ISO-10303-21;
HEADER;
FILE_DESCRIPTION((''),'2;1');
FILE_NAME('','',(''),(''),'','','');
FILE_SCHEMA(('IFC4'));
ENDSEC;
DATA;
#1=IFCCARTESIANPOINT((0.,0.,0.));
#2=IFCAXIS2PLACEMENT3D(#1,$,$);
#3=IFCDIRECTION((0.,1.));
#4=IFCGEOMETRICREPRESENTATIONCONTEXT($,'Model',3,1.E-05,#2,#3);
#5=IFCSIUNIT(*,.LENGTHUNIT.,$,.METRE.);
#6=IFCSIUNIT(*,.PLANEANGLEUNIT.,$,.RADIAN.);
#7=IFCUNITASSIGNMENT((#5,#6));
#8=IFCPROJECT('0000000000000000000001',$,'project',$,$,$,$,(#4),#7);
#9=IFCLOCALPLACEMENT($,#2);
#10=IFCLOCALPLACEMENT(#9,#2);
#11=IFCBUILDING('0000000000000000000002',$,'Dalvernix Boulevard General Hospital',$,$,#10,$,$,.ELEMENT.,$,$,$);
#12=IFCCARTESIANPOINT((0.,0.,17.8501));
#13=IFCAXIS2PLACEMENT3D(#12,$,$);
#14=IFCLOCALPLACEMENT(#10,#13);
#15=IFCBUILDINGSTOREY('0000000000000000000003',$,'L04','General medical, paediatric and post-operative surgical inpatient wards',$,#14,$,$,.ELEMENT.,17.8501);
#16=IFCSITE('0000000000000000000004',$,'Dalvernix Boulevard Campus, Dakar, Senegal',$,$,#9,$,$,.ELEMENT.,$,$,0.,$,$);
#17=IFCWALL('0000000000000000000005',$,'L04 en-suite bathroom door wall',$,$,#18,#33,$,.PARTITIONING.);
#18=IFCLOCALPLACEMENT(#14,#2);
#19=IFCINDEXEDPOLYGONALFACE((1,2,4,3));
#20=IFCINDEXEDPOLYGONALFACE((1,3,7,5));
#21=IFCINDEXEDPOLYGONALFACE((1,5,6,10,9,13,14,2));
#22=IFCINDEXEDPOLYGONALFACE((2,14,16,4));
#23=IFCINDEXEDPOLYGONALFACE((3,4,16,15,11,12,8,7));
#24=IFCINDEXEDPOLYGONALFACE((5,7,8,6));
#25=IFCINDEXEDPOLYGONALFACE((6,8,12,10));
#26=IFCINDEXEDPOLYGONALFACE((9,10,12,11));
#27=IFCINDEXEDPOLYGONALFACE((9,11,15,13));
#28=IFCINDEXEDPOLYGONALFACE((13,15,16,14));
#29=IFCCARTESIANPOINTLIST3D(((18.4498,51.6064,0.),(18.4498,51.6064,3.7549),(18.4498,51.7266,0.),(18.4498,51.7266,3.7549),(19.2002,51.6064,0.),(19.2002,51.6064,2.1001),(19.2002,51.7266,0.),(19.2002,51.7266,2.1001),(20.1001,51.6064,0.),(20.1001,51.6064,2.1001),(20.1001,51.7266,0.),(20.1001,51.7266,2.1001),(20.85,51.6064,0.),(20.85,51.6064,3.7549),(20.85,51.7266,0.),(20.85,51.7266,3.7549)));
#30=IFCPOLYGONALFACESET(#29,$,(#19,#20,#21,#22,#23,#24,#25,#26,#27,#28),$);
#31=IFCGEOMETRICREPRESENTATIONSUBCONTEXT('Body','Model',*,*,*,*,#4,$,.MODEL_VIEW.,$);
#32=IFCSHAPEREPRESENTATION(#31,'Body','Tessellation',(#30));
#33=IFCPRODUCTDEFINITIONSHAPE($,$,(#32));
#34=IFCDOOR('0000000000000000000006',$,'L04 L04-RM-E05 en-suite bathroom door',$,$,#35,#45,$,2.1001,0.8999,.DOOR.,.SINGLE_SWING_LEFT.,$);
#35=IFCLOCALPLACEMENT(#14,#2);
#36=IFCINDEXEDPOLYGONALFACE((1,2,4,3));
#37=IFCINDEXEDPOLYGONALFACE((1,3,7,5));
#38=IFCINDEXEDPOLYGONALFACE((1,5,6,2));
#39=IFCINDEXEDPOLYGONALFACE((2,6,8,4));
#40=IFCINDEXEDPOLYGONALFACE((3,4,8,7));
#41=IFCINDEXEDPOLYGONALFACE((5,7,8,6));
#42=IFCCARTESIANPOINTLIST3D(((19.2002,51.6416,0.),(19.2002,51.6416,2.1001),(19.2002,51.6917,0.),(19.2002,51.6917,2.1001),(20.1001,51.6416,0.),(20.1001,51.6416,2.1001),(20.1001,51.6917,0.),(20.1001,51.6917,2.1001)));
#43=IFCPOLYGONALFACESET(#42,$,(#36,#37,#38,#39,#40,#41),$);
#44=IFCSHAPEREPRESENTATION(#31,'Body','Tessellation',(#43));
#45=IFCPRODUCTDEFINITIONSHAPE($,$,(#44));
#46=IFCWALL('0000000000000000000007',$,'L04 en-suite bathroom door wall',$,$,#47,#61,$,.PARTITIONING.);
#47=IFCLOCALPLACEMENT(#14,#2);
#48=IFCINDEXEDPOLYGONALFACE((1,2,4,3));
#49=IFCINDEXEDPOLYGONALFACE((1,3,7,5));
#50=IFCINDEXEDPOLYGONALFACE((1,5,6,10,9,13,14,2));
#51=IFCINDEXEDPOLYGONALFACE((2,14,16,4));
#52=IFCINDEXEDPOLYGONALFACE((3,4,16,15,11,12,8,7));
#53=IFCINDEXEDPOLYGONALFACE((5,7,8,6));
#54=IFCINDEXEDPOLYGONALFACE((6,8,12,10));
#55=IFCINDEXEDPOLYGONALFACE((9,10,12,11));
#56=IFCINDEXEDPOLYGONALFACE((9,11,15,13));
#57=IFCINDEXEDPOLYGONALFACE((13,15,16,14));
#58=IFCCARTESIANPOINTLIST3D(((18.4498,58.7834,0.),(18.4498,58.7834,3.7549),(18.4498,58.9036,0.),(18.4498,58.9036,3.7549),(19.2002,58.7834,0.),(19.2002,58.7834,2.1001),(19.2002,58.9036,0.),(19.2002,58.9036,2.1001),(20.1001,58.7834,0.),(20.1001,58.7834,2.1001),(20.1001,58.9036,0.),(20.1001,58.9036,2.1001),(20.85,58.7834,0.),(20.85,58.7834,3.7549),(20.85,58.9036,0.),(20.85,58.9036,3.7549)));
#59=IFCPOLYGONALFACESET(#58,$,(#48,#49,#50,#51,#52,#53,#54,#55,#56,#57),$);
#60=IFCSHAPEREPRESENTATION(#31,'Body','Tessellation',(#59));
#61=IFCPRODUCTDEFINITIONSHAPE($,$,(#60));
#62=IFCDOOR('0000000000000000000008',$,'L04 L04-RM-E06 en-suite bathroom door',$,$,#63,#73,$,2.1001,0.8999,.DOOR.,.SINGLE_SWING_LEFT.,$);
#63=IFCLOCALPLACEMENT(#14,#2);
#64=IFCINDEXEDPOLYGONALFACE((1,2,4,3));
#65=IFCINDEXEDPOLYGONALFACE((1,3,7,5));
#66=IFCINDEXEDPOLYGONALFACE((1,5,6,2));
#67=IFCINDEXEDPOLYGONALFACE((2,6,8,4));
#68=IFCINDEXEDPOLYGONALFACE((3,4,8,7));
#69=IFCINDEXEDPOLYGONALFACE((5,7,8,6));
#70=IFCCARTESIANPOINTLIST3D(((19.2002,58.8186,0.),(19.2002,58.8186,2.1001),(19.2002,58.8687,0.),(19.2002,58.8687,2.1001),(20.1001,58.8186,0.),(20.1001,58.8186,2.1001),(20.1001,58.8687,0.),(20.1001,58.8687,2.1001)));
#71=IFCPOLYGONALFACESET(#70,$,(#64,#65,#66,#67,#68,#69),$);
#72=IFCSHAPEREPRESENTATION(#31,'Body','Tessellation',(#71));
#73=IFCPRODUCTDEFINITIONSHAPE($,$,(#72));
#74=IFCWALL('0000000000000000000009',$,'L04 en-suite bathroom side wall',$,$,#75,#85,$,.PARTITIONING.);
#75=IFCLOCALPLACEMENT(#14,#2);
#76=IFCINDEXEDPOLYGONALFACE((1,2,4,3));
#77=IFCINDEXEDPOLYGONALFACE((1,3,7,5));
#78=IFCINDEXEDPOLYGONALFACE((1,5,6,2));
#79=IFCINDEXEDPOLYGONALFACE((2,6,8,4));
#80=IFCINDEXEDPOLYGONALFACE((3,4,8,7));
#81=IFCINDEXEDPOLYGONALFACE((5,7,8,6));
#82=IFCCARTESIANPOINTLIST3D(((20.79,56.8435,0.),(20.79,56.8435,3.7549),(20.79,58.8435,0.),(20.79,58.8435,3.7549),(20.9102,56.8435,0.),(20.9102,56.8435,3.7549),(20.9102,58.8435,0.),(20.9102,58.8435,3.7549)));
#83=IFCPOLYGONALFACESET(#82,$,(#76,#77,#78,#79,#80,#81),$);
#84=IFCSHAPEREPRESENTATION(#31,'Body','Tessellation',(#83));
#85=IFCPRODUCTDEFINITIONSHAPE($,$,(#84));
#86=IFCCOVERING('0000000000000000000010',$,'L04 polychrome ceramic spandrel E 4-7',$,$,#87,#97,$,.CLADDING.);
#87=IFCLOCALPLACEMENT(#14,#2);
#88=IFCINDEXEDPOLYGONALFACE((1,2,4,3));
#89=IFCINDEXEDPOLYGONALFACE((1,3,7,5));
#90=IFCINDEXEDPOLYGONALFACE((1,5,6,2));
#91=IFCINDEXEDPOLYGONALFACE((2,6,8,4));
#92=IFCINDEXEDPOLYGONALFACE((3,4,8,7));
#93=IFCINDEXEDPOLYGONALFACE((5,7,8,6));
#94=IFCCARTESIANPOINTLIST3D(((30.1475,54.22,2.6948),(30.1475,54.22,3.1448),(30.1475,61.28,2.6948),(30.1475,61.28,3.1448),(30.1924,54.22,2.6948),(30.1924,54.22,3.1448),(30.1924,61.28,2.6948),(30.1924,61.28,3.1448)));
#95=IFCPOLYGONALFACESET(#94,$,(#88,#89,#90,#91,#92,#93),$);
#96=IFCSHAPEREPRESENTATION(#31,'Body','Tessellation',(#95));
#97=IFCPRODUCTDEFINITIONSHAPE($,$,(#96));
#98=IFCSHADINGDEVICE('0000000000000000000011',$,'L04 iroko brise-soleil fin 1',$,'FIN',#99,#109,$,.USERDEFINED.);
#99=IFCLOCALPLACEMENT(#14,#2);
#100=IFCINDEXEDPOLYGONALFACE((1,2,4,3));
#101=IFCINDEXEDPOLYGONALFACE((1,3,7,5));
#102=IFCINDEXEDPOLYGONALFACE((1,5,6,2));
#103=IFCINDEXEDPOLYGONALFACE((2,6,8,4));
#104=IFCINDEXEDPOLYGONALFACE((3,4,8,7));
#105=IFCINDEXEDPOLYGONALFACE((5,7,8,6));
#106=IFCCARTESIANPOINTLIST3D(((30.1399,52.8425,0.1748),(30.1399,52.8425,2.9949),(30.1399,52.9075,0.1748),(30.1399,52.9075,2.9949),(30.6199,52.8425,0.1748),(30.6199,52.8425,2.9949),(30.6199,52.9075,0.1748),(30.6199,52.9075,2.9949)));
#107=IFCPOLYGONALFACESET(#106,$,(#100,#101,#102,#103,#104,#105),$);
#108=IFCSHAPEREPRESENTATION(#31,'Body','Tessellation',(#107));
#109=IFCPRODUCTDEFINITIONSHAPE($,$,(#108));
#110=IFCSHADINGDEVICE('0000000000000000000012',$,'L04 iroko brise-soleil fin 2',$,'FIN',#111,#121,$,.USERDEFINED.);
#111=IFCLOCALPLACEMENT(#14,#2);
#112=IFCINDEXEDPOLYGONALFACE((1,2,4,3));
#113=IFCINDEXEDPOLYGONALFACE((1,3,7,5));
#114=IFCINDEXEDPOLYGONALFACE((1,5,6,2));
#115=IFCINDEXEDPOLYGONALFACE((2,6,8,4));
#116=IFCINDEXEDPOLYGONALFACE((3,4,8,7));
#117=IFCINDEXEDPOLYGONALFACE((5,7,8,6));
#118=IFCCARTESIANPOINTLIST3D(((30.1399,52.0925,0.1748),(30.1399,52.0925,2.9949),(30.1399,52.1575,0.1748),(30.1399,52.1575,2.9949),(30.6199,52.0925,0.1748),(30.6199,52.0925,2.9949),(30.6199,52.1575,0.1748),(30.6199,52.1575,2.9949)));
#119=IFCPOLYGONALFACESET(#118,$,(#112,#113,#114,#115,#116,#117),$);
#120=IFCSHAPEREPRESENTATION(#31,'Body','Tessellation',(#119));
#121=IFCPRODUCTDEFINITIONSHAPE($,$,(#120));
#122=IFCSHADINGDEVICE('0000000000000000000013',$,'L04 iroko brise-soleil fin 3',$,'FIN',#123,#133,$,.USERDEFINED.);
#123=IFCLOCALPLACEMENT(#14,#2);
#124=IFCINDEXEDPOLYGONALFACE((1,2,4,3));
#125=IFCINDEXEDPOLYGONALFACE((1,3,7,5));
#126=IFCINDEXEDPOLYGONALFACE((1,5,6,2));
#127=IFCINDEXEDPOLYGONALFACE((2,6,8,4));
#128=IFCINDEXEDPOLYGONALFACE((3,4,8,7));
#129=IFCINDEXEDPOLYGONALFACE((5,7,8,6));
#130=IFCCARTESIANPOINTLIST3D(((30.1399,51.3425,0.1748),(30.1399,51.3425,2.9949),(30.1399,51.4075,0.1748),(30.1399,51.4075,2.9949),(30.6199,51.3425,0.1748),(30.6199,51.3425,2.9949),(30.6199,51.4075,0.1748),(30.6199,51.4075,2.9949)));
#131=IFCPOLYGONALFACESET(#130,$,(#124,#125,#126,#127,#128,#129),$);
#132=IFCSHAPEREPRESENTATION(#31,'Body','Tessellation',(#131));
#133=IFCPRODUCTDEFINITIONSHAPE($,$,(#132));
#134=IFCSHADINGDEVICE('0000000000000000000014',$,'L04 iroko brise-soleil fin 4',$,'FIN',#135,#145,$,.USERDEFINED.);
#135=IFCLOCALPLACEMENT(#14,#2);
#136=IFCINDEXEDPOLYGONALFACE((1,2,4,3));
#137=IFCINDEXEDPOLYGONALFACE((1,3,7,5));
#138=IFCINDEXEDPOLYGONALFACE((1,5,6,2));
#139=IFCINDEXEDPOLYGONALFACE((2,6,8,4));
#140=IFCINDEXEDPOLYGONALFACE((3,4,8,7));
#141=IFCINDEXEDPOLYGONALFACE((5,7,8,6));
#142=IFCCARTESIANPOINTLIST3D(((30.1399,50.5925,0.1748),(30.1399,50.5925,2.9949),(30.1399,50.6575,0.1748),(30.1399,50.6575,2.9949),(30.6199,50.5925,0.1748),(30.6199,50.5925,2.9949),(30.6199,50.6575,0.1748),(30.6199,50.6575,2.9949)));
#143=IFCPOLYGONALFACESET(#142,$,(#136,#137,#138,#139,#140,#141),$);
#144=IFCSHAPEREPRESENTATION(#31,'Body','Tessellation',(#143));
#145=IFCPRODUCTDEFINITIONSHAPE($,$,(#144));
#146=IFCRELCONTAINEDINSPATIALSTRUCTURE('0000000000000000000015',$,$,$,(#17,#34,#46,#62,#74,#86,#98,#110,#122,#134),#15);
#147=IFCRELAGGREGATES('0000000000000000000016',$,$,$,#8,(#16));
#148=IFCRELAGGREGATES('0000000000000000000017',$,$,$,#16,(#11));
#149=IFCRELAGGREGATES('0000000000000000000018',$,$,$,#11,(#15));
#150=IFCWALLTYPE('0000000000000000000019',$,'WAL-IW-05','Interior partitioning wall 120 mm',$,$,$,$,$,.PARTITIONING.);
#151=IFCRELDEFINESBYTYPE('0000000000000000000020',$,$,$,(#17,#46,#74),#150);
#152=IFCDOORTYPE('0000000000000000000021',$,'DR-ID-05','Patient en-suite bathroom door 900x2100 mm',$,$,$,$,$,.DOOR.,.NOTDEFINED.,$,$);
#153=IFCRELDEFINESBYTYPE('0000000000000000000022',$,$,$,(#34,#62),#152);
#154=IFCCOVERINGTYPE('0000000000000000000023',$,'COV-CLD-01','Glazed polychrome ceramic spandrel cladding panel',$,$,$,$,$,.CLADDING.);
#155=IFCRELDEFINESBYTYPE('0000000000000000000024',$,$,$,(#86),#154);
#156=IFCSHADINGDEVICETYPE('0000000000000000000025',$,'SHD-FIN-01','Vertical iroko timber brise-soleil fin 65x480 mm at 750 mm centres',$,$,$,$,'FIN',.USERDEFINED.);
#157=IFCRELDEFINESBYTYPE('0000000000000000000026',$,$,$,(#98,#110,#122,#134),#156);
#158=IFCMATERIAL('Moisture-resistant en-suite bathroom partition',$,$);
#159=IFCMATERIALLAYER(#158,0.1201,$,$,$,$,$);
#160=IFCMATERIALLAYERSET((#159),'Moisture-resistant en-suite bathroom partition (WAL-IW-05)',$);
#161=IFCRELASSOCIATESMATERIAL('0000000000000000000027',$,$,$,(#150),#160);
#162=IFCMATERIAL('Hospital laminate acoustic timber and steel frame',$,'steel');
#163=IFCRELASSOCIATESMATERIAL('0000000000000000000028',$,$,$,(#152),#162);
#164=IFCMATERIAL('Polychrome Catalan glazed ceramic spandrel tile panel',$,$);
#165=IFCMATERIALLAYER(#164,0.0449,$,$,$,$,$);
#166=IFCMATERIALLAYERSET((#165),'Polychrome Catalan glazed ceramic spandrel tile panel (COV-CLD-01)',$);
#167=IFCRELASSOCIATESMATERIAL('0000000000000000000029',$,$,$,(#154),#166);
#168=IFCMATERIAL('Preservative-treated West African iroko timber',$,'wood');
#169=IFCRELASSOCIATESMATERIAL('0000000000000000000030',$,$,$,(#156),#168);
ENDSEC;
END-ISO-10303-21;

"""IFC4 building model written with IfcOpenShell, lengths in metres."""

from ifc_helpers import new_model, si_unit, direction, frame, frame_2d, origin, origin_2d, place, context, subcontext, project, spatial, rectangle, extrude, material, layer, layer_set, type_object, element, fill, save


model = new_model("IFC4")

# Units and contexts
model_context = context("Model", 3, precision=1e-05, world=origin(), true_north=direction((0.0, 1.0)))
body_context = subcontext(model_context, "Body", "Model", "MODEL_VIEW")
ifc_project = project(units=[si_unit("LENGTHUNIT", "METRE"), si_unit("PLANEANGLEUNIT", "RADIAN")], contexts=[model_context])

# Site, building, storey
site_placement = place(None, origin())
site = spatial("IfcSite", under=ifc_project, at=site_placement, Name="Dalvernix Boulevard Campus, Dakar, Senegal", CompositionType="ELEMENT", RefElevation=0.0)
building_placement = place(site_placement, origin())
building = spatial("IfcBuilding", under=site, at=building_placement, Name="Dalvernix Boulevard General Hospital", CompositionType="ELEMENT")
storey_placement = place(building_placement, frame((0.0, 0.0, 17.8501)))
storey = spatial("IfcBuildingStorey", under=building, at=storey_placement, Name="L04", Description="General medical, paediatric and post-operative surgical inpatient wards", CompositionType="ELEMENT", Elevation=17.8501)

# Shared definitions
ifc_material_1 = material(Name="Hospital laminate acoustic timber and steel frame", Category="steel")

# Walls, openings, doors
ifc_material_2 = material(Name="Moisture-resistant en-suite bathroom partition")
ifc_layer_1 = layer(ifc_material_2, 0.1201)
ifc_layer_set_1 = layer_set([ifc_layer_1], Name="Moisture-resistant en-suite bathroom partition (WAL-IW-05)")
wall_type_1 = type_object("IfcWallType", Name="WAL-IW-05", Description="Interior partitioning wall 120 mm", PredefinedType="PARTITIONING", material=ifc_layer_set_1)
wall_1_placement = place(storey_placement, frame((20.8501, 51.6665, 0.0), z_axis=(0.0, 0.0, 1.0), x_axis=(-1.0, 0.0, 0.0)))
wall_1 = element("IfcWall", 1, at=wall_1_placement, inside=storey, type_object=wall_type_1, Name="L04 en-suite bathroom door wall", PredefinedType="PARTITIONING", context=body_context, shape_type="SweptSolid", body=[
    extrude(rectangle(XDim=2.4001, YDim=0.1201, at=frame_2d((1.2002, 0.0))), origin(), (0.0, 0.0, 1.0), 3.7549),
])
opening_1_placement = place(wall_1_placement, frame((0.75, 0.0, 0.0)))
opening_1 = element("IfcOpeningElement", 2, at=opening_1_placement, cuts=wall_1, PredefinedType="OPENING", context=body_context, shape_type="SweptSolid", body=[
    extrude(rectangle(XDim=0.8999, YDim=2.1001, at=frame_2d((0.45, 1.05))), frame((0.0, 0.0701, 0.0), z_axis=(0.0, -1.0, 0.0), x_axis=(1.0, 0.0, 0.0)), (0.0, 0.0, 1.0), 0.1401),
])
door_type_1 = type_object("IfcDoorType", Name="DR-ID-05", Description="Patient en-suite bathroom door 900x2100 mm", OperationType="NOTDEFINED", PredefinedType="DOOR", material=ifc_material_1)
door_1_placement = place(opening_1_placement, origin())
door_1 = element("IfcDoor", 3, at=door_1_placement, inside=storey, type_object=door_type_1, Name="L04 L04-RM-E05 en-suite bathroom door", OperationType="SINGLE_SWING_LEFT", OverallHeight=2.1001, OverallWidth=0.8999, PredefinedType="DOOR", context=body_context, shape_type="SweptSolid", body=[
    extrude(rectangle(XDim=0.8999, YDim=2.1001, at=frame_2d((0.45, 1.05))), frame((0.0, 0.0249, 0.0), z_axis=(0.0, -1.0, 0.0), x_axis=(1.0, 0.0, 0.0)), (0.0, 0.0, 1.0), 0.05),
])
fill(opening_1, door_1)
wall_2_placement = place(storey_placement, frame((20.8501, 58.8435, 0.0), z_axis=(0.0, 0.0, 1.0), x_axis=(-1.0, 0.0, 0.0)))
wall_2 = element("IfcWall", 4, at=wall_2_placement, inside=storey, type_object=wall_type_1, Name="L04 en-suite bathroom door wall", PredefinedType="PARTITIONING", context=body_context, shape_type="SweptSolid", body=[
    extrude(rectangle(XDim=2.4001, YDim=0.1201, at=frame_2d((1.2002, 0.0))), origin(), (0.0, 0.0, 1.0), 3.7549),
])
opening_2_placement = place(wall_2_placement, frame((0.75, 0.0, 0.0)))
opening_2 = element("IfcOpeningElement", 5, at=opening_2_placement, cuts=wall_2, PredefinedType="OPENING", context=body_context, shape_type="SweptSolid", body=[
    extrude(rectangle(XDim=0.8999, YDim=2.1001, at=frame_2d((0.45, 1.05))), frame((0.0, 0.0701, 0.0), z_axis=(0.0, -1.0, 0.0), x_axis=(1.0, 0.0, 0.0)), (0.0, 0.0, 1.0), 0.1401),
])
door_2_placement = place(opening_2_placement, origin())
door_2 = element("IfcDoor", 6, at=door_2_placement, inside=storey, type_object=door_type_1, Name="L04 L04-RM-E06 en-suite bathroom door", OperationType="SINGLE_SWING_LEFT", OverallHeight=2.1001, OverallWidth=0.8999, PredefinedType="DOOR", context=body_context, shape_type="SweptSolid", body=[
    extrude(rectangle(XDim=0.8999, YDim=2.1001, at=frame_2d((0.45, 1.05))), frame((0.0, 0.0249, 0.0), z_axis=(0.0, -1.0, 0.0), x_axis=(1.0, 0.0, 0.0)), (0.0, 0.0, 1.0), 0.05),
])
fill(opening_2, door_2)

# Wall
wall_3_placement = place(storey_placement, frame((20.8501, 56.8435, 0.0), z_axis=(0.0, 0.0, 1.0), x_axis=(0.0, 1.0, 0.0)))
element("IfcWall", 7, at=wall_3_placement, inside=storey, type_object=wall_type_1, Name="L04 en-suite bathroom side wall", PredefinedType="PARTITIONING", context=body_context, shape_type="SweptSolid", body=[
    extrude(rectangle(XDim=2.0, YDim=0.1201, at=frame_2d((1.0, 0.0))), origin(), (0.0, 0.0, 1.0), 3.7549),
])

# Covering
ifc_material_3 = material(Name="Polychrome Catalan glazed ceramic spandrel tile panel")
ifc_layer_2 = layer(ifc_material_3, 0.0449)
ifc_layer_set_2 = layer_set([ifc_layer_2], Name="Polychrome Catalan glazed ceramic spandrel tile panel (COV-CLD-01)")
covering_type = type_object("IfcCoveringType", Name="COV-CLD-01", Description="Glazed polychrome ceramic spandrel cladding panel", PredefinedType="CLADDING", material=ifc_layer_set_2)
covering_placement = place(storey_placement, frame((30.1699, 57.75, 2.6948), z_axis=(0.0, 0.0, 1.0), x_axis=(0.0, -1.0, 0.0)))
element("IfcCovering", 8, at=covering_placement, inside=storey, type_object=covering_type, Name="L04 polychrome ceramic spandrel E 4-7", PredefinedType="CLADDING", context=body_context, shape_type="SweptSolid", body=[
    extrude(rectangle(XDim=7.0601, YDim=0.0449, at=origin_2d()), origin(), (0.0, 0.0, 1.0), 0.45),
])

# Shading devices
ifc_material_4 = material(Name="Preservative-treated West African iroko timber", Category="wood")
shading_device_type = type_object("IfcShadingDeviceType", Name="SHD-FIN-01", Description="Vertical iroko timber brise-soleil fin 65x480 mm at 750 mm centres", ElementType="FIN", PredefinedType="USERDEFINED", material=ifc_material_4)
for number, where, z_axis, x_axis, name in (
    (9, (30.3799, 52.875, 0.1748), (0.0, 0.0, 1.0), (0.0, -1.0, 0.0), "L04 iroko brise-soleil fin 1"),
    (10, (30.3799, 52.125, 0.1748), (0.0, 0.0, 1.0), (0.0, -1.0, 0.0), "L04 iroko brise-soleil fin 2"),
    (11, (30.3799, 51.375, 0.1748), (0.0, 0.0, 1.0), (0.0, -1.0, 0.0), "L04 iroko brise-soleil fin 3"),
    (12, (30.3799, 50.625, 0.1748), (0.0, 0.0, 1.0), (0.0, -1.0, 0.0), "L04 iroko brise-soleil fin 4"),
):
    element("IfcShadingDevice", number, at=place(storey_placement, frame(where, z_axis=z_axis, x_axis=x_axis)), inside=storey, type_object=shading_device_type, Name=name, ObjectType="FIN", PredefinedType="USERDEFINED", context=body_context, shape_type="SweptSolid", body=[
        extrude(rectangle(XDim=0.0649, YDim=0.48, at=origin_2d()), origin(), (0.0, 0.0, 1.0), 2.8201),
    ])

save(model, "model.ifc")
